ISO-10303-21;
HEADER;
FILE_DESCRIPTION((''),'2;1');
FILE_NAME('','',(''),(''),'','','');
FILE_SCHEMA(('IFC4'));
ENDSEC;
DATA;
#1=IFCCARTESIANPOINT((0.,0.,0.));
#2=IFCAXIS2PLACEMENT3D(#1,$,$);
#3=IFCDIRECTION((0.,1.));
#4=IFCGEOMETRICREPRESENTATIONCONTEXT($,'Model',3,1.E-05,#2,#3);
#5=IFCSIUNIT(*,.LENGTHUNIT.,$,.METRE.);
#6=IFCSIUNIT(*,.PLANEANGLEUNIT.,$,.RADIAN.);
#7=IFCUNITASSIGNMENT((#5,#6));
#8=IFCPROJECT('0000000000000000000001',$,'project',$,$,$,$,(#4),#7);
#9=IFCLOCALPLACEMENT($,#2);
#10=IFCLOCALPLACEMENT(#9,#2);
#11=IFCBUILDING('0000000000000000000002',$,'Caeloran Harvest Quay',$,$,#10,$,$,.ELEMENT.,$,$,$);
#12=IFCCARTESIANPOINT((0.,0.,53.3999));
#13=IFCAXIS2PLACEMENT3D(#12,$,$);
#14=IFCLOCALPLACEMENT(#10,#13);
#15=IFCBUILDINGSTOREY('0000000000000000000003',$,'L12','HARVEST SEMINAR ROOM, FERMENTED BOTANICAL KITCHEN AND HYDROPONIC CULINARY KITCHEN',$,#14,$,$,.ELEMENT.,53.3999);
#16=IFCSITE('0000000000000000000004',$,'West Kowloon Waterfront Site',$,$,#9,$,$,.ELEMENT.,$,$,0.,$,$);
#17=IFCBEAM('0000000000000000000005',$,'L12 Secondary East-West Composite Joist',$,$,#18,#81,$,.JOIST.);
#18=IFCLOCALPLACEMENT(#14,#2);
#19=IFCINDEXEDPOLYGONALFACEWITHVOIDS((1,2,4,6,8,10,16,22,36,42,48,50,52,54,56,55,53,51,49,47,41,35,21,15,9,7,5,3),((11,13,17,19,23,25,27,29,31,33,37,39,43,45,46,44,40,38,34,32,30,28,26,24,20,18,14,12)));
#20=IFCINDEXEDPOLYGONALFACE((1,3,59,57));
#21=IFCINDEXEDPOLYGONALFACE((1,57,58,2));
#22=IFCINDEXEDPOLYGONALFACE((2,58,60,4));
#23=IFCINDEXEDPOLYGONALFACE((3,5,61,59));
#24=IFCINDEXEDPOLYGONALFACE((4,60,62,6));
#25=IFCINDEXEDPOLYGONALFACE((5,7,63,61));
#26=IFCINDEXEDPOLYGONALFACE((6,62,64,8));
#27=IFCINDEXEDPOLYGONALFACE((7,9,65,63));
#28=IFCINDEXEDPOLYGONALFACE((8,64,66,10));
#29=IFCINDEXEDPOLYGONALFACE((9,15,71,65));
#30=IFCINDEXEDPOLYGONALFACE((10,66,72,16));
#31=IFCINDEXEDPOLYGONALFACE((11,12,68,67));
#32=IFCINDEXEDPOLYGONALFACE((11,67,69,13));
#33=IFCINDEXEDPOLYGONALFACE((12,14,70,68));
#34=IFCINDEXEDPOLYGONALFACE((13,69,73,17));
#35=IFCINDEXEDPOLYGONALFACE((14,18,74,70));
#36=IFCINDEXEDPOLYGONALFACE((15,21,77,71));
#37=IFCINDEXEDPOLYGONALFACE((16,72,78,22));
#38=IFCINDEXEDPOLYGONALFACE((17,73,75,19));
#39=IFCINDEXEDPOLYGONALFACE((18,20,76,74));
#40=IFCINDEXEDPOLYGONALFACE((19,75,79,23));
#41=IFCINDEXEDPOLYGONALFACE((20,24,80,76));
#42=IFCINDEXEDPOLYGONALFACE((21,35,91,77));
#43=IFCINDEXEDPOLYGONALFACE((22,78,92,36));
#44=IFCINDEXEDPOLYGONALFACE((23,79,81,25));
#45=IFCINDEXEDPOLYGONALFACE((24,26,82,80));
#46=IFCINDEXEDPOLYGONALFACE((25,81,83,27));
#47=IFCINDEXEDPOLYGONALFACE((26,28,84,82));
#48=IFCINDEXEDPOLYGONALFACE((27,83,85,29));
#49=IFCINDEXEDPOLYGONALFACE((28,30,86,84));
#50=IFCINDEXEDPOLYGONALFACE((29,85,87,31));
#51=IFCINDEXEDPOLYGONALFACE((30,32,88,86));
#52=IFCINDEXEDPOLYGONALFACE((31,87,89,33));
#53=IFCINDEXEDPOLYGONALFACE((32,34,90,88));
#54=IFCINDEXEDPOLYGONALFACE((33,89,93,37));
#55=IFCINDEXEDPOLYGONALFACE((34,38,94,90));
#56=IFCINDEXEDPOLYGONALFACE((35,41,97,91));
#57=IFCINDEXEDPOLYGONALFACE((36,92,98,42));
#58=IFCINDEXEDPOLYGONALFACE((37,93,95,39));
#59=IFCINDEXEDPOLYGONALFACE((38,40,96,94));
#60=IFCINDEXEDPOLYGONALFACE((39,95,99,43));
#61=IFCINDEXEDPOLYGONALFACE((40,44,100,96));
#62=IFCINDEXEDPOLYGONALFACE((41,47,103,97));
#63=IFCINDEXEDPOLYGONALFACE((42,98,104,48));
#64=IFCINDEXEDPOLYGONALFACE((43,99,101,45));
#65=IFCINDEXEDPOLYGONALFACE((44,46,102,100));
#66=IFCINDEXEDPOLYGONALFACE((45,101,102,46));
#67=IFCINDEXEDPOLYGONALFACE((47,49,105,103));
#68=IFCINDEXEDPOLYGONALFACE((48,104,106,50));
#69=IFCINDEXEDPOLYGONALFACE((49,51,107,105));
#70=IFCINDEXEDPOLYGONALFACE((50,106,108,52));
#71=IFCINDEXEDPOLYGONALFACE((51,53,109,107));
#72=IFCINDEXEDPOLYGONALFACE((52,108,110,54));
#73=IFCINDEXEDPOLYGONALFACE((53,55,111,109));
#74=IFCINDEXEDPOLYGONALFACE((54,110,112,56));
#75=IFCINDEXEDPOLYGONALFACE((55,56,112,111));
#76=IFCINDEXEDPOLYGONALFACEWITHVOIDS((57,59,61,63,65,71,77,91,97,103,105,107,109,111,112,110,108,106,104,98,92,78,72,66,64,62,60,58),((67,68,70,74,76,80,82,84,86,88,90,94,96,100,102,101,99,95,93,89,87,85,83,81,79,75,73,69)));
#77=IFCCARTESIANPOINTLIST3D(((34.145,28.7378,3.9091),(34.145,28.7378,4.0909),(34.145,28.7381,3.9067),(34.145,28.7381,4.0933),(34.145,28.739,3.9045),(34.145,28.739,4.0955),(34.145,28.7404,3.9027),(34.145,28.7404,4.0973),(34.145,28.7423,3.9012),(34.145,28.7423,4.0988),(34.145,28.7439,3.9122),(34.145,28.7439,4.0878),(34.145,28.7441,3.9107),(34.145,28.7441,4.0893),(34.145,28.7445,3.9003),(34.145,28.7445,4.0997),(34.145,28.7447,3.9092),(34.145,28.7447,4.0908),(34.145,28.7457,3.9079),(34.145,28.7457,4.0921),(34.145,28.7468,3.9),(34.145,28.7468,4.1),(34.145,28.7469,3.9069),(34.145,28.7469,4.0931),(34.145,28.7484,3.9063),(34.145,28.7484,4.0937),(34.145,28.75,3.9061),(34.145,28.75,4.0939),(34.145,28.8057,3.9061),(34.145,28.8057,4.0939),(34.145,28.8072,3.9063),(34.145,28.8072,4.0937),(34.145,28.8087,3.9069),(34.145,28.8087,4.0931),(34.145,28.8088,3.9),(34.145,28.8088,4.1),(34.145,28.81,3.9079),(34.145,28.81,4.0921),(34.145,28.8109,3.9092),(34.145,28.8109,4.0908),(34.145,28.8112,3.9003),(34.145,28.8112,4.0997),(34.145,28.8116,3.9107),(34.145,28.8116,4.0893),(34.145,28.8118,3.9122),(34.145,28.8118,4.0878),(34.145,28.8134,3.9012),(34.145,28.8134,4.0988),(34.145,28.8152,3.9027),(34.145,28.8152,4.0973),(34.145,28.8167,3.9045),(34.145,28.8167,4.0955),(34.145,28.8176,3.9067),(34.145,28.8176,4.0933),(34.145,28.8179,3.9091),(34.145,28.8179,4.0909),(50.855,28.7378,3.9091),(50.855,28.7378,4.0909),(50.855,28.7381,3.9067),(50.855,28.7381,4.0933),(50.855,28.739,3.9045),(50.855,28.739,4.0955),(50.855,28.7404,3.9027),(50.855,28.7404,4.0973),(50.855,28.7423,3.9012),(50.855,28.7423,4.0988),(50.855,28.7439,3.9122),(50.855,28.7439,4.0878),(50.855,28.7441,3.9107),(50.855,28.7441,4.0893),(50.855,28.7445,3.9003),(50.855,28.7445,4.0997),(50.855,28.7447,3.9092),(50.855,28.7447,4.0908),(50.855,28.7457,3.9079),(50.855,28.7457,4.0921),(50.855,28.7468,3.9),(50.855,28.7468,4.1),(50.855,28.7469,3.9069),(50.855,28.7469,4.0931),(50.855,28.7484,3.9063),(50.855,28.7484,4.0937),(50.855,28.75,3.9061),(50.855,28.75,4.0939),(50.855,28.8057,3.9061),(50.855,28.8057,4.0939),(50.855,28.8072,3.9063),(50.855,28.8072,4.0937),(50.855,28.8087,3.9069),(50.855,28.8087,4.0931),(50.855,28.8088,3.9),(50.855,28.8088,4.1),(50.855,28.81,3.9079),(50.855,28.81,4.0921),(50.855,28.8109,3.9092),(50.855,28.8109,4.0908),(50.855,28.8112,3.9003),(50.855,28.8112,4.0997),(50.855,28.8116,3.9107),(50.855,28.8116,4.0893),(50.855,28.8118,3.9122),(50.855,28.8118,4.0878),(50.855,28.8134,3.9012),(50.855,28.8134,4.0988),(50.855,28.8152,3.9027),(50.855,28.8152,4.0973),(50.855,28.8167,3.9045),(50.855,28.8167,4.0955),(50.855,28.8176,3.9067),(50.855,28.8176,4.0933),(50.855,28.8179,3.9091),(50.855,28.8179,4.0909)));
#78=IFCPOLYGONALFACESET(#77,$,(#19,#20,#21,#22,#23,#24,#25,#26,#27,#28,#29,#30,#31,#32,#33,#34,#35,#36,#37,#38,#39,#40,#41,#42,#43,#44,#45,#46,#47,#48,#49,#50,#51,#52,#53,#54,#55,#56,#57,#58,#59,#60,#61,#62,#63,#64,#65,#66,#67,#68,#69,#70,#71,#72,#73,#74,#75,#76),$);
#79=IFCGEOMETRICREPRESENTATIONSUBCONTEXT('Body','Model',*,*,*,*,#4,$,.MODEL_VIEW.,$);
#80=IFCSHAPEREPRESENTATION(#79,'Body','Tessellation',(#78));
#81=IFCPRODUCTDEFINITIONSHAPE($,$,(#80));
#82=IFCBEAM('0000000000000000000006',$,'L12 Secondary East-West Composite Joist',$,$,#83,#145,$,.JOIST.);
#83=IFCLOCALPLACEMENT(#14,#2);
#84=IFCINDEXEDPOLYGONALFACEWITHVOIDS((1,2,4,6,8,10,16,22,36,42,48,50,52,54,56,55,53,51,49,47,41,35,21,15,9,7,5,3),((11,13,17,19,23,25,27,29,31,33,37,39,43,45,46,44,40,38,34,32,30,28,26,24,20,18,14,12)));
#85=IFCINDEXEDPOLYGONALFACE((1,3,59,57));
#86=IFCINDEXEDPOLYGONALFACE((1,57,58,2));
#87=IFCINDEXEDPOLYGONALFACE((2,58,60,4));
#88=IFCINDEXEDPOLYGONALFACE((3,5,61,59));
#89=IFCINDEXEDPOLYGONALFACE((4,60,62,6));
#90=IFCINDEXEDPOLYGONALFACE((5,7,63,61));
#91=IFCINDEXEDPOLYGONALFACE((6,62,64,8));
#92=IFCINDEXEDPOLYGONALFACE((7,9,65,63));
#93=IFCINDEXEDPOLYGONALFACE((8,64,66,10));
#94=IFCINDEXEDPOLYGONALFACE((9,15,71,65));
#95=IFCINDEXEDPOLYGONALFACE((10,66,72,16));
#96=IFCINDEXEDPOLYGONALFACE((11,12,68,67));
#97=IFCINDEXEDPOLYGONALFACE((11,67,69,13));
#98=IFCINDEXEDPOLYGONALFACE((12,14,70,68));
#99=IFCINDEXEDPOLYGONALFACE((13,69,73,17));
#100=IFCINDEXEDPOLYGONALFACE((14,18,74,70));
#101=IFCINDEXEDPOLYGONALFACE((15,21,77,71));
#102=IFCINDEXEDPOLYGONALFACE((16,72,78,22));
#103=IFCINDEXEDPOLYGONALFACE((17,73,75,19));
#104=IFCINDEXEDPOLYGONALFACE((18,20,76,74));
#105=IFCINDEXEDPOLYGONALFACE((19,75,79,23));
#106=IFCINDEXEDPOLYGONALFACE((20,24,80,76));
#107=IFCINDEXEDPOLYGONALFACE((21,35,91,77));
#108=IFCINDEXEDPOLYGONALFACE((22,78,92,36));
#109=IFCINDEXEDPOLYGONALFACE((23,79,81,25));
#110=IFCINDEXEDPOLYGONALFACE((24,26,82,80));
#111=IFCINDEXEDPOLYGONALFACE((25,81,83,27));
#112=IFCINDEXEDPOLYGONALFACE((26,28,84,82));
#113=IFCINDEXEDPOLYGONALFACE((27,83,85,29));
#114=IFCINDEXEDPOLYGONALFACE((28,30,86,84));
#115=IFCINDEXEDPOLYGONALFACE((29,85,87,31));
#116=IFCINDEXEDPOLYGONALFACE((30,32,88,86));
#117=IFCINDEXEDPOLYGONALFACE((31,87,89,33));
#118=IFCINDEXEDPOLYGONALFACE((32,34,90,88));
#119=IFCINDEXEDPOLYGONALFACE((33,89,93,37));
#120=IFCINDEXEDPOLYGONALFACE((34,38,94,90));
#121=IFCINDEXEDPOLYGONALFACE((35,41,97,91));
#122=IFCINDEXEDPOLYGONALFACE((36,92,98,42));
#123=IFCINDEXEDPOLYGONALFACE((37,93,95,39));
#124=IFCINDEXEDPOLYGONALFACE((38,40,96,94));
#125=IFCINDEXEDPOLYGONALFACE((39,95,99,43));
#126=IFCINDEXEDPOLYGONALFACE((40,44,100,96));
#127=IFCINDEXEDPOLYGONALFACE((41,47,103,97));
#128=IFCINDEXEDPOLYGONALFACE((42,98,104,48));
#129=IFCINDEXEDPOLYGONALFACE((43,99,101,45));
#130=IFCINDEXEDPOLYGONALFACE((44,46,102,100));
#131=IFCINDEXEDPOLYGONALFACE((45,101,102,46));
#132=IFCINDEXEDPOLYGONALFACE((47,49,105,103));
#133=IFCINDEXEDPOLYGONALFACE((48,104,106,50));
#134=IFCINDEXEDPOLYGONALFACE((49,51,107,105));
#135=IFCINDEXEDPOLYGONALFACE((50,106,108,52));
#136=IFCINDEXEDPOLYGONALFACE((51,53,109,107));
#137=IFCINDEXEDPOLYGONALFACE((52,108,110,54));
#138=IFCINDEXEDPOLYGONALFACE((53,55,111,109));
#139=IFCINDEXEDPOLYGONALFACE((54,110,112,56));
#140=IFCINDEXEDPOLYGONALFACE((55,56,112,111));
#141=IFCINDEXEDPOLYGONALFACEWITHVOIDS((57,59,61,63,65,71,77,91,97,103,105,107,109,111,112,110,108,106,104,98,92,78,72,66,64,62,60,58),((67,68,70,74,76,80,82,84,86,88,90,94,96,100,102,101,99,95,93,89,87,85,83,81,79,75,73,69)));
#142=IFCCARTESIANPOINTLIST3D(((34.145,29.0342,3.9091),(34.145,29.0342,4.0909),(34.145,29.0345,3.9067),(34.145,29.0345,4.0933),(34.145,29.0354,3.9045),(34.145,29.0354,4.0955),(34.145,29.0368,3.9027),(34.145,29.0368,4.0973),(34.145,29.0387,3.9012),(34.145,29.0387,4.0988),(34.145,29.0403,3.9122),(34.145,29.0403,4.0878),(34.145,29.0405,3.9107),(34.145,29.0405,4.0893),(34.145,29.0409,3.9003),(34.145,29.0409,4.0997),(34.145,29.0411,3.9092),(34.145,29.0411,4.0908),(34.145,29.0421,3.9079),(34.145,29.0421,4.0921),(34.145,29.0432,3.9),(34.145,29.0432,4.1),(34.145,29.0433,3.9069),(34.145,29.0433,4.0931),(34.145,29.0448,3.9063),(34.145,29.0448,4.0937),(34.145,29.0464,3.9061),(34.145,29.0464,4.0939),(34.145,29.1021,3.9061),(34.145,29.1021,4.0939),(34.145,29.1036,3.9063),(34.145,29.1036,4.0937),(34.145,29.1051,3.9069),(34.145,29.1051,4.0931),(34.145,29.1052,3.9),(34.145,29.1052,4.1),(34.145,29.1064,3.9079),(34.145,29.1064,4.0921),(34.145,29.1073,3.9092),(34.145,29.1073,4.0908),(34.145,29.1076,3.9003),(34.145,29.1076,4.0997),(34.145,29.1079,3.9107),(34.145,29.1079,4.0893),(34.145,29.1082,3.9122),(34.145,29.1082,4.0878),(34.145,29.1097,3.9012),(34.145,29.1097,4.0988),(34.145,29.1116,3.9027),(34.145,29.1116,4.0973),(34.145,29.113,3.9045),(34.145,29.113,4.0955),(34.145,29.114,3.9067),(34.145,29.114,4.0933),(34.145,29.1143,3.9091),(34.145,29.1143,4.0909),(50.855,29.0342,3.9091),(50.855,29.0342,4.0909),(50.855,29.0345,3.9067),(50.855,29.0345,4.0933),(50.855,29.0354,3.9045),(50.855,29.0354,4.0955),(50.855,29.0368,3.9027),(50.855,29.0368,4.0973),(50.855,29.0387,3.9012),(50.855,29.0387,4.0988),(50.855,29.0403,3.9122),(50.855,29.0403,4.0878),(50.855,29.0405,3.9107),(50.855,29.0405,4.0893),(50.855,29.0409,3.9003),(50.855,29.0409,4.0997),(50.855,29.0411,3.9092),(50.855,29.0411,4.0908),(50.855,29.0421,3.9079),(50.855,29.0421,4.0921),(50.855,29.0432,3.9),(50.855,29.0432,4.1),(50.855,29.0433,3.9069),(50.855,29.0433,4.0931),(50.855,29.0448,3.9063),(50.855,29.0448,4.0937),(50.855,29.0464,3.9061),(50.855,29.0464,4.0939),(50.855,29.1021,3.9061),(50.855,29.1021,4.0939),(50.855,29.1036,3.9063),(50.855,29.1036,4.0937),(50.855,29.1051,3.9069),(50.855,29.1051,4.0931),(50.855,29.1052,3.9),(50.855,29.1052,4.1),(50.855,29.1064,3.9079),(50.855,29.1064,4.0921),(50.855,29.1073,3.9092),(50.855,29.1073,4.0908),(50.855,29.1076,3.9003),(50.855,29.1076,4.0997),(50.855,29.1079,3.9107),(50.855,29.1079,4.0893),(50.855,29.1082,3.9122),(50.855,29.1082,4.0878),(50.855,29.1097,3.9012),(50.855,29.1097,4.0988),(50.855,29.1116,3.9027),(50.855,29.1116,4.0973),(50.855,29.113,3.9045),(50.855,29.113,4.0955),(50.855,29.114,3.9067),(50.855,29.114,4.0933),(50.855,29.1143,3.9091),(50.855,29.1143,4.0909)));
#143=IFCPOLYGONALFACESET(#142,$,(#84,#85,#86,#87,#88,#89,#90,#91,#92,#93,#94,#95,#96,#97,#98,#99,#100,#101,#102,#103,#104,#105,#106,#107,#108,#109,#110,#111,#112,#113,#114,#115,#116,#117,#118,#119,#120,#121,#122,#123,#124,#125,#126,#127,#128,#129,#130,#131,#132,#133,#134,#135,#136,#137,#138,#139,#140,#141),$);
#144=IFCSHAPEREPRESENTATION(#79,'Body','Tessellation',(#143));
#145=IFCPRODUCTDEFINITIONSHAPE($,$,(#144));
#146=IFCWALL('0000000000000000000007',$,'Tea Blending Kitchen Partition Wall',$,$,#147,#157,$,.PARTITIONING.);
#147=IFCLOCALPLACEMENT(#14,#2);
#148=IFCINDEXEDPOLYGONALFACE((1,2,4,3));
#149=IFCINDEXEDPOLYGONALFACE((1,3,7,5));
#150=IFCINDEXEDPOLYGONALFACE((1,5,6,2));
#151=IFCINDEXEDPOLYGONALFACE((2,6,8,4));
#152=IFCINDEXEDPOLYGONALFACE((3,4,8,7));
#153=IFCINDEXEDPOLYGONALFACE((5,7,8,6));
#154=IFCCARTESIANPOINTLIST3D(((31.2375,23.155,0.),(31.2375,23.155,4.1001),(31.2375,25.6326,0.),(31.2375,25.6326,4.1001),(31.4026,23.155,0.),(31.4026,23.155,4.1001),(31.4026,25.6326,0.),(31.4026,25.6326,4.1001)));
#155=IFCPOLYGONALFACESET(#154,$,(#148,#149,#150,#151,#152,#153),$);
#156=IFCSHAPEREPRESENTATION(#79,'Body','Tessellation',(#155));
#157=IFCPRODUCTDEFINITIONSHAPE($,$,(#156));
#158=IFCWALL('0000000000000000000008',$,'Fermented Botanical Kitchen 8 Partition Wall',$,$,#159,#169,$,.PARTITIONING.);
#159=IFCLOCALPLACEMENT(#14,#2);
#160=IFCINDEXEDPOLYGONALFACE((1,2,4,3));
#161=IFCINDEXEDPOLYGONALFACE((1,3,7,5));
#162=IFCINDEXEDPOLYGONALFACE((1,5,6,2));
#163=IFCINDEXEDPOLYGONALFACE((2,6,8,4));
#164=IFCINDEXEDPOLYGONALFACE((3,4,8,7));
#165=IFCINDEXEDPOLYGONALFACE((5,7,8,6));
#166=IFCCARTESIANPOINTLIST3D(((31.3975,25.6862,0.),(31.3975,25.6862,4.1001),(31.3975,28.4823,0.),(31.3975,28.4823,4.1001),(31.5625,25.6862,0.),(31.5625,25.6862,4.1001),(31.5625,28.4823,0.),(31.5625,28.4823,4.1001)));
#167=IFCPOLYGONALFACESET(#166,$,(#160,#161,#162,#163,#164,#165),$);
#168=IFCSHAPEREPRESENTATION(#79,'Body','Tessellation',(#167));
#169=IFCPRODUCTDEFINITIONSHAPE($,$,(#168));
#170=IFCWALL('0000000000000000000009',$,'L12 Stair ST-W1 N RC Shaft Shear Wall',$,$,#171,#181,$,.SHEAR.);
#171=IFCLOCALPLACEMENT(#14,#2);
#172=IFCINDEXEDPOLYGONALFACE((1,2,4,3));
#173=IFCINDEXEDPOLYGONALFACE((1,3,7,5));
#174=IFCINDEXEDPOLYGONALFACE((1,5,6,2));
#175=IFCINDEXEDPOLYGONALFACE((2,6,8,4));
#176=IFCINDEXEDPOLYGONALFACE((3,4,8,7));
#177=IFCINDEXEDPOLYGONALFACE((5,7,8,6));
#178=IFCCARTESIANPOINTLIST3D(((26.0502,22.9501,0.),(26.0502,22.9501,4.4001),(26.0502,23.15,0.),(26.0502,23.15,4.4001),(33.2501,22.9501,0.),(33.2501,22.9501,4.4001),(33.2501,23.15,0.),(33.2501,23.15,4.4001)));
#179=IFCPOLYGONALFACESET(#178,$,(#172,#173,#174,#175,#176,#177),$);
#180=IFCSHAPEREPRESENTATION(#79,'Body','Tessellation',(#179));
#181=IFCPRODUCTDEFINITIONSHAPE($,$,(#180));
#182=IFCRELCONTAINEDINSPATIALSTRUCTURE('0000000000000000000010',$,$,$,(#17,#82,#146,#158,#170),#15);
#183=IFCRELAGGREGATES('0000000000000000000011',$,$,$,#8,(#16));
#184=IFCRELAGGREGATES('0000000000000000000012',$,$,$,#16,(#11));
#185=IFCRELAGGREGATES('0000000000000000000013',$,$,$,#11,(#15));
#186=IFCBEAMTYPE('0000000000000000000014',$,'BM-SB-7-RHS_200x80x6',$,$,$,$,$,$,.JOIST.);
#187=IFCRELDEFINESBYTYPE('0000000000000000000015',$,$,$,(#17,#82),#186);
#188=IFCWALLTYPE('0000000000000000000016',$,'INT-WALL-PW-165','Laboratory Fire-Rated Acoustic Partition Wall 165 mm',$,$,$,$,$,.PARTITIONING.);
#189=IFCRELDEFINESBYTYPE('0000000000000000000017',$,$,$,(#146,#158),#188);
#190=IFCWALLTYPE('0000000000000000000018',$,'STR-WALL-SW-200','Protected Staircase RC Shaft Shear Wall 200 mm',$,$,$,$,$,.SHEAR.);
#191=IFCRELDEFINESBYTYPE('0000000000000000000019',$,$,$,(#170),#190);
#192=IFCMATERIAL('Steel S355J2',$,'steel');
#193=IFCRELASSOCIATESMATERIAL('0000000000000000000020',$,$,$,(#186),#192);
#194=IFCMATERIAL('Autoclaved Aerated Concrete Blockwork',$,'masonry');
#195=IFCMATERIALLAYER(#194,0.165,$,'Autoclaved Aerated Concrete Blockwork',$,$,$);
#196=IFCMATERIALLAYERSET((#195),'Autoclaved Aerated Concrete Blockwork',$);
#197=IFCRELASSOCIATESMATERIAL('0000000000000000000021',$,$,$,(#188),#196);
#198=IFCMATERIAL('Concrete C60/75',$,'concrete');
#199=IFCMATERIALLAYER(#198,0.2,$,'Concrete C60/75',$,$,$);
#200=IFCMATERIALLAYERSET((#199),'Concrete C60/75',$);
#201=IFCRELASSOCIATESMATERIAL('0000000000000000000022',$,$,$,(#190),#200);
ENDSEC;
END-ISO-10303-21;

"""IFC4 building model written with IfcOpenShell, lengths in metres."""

from ifc_helpers import new_model, si_unit, direction, frame, frame_2d, origin, origin_2d, place, context, subcontext, project, spatial, rectangle, hollow_rectangle, extrude, material, layer, layer_set, material_profile, profile_set, type_object, element, save


model = new_model("IFC4")

# Units and contexts
model_context = context("Model", 3, precision=1e-05, world=origin(), true_north=direction((0.0, 1.0)))
body_context = subcontext(model_context, "Body", "Model", "MODEL_VIEW")
ifc_project = project(units=[si_unit("LENGTHUNIT", "METRE"), si_unit("PLANEANGLEUNIT", "RADIAN")], contexts=[model_context])

# Site, building, storey
site_placement = place(None, origin())
site = spatial("IfcSite", under=ifc_project, at=site_placement, Name="West Kowloon Waterfront Site", CompositionType="ELEMENT", RefElevation=0.0)
building_placement = place(site_placement, origin())
building = spatial("IfcBuilding", under=site, at=building_placement, Name="Caeloran Harvest Quay", CompositionType="ELEMENT")
storey_placement = place(building_placement, frame((0.0, 0.0, 53.3999)))
storey = spatial("IfcBuildingStorey", under=building, at=storey_placement, Name="L12", Description="HARVEST SEMINAR ROOM, FERMENTED BOTANICAL KITCHEN AND HYDROPONIC CULINARY KITCHEN", CompositionType="ELEMENT", Elevation=53.3999)

# Beams
ifc_material_1 = material(Name="Steel S355J2", Category="steel")
ifc_material_profile_1 = material_profile(ifc_material_1, hollow_rectangle(XDim=0.0801, YDim=0.2, WallThickness=0.0061, InnerFilletRadius=0.0061, OuterFilletRadius=0.009, at=origin_2d()), Name="RHS 200x80x6")
ifc_profile_set_1 = profile_set([ifc_material_profile_1], Name="Steel S355J2")
beam_type_1 = type_object("IfcBeamType", Name="BM-SB-7-RHS_200x80x6", PredefinedType="JOIST", material=ifc_profile_set_1)
for number, where, z_axis, x_axis, name in (
    (1, (34.145, 28.7778, 4.0), (1.0, 0.0, 0.0), (0.0, 1.0, 0.0), "L12 Secondary East-West Composite Joist"),
    (2, (34.145, 29.0742, 4.0), (1.0, 0.0, 0.0), (0.0, 1.0, 0.0), "L12 Secondary East-West Composite Joist"),
):
    element("IfcBeam", number, at=place(storey_placement, frame(where, z_axis=z_axis, x_axis=x_axis)), inside=storey, type_object=beam_type_1, Name=name, PredefinedType="JOIST", context=body_context, shape_type="SweptSolid", body=[
        extrude(hollow_rectangle(XDim=0.0801, YDim=0.2, WallThickness=0.0061, InnerFilletRadius=0.0061, OuterFilletRadius=0.009, at=origin_2d()), origin(), (0.0, 0.0, 1.0), 16.71),
    ])

# Wall
ifc_material_2 = material(Name="Autoclaved Aerated Concrete Blockwork", Category="masonry")
ifc_layer_1 = layer(ifc_material_2, 0.165, Name="Autoclaved Aerated Concrete Blockwork")
ifc_layer_set_1 = layer_set([ifc_layer_1], Name="Autoclaved Aerated Concrete Blockwork")
wall_type_1 = type_object("IfcWallType", Name="INT-WALL-PW-165", Description="Laboratory Fire-Rated Acoustic Partition Wall 165 mm", PredefinedType="PARTITIONING", material=ifc_layer_set_1)
wall_1_placement = place(storey_placement, frame((31.3201, 25.6326, 0.0), z_axis=(0.0, 0.0, 1.0), x_axis=(0.0, -1.0, 0.0)))
element("IfcWall", 3, at=wall_1_placement, inside=storey, type_object=wall_type_1, Name="Tea Blending Kitchen Partition Wall", PredefinedType="PARTITIONING", context=body_context, shape_type="SweptSolid", body=[
    extrude(rectangle(XDim=2.4775, YDim=0.165, at=frame_2d((1.2388, 0.0))), origin(), (0.0, 0.0, 1.0), 4.1001),
])

# Walls
wall_2_placement = place(storey_placement, frame((31.48, 25.6863, 0.0), z_axis=(0.0, 0.0, 1.0), x_axis=(0.0, 1.0, 0.0)))
element("IfcWall", 4, at=wall_2_placement, inside=storey, type_object=wall_type_1, Name="Fermented Botanical Kitchen 8 Partition Wall", PredefinedType="PARTITIONING", context=body_context, shape_type="SweptSolid", body=[
    extrude(rectangle(XDim=2.7961, YDim=0.165, at=frame_2d((1.3979, 0.0))), origin(), (0.0, 0.0, 1.0), 4.1001),
])
ifc_material_3 = material(Name="Concrete C60/75", Category="concrete")
ifc_layer_2 = layer(ifc_material_3, 0.2, Name="Concrete C60/75")
ifc_layer_set_2 = layer_set([ifc_layer_2], Name="Concrete C60/75")
wall_type_2 = type_object("IfcWallType", Name="STR-WALL-SW-200", Description="Protected Staircase RC Shaft Shear Wall 200 mm", PredefinedType="SHEAR", material=ifc_layer_set_2)
wall_3_placement = place(storey_placement, frame((26.05, 23.05, 0.0), z_axis=(0.0, 0.0, 1.0), x_axis=(1.0, 0.0, 0.0)))
element("IfcWall", 5, at=wall_3_placement, inside=storey, type_object=wall_type_2, Name="L12 Stair ST-W1 N RC Shaft Shear Wall", PredefinedType="SHEAR", context=body_context, shape_type="SweptSolid", body=[
    extrude(rectangle(XDim=7.2, YDim=0.2, at=frame_2d((3.6001, 0.0))), origin(), (0.0, 0.0, 1.0), 4.4001),
])

save(model, "model.ifc")
